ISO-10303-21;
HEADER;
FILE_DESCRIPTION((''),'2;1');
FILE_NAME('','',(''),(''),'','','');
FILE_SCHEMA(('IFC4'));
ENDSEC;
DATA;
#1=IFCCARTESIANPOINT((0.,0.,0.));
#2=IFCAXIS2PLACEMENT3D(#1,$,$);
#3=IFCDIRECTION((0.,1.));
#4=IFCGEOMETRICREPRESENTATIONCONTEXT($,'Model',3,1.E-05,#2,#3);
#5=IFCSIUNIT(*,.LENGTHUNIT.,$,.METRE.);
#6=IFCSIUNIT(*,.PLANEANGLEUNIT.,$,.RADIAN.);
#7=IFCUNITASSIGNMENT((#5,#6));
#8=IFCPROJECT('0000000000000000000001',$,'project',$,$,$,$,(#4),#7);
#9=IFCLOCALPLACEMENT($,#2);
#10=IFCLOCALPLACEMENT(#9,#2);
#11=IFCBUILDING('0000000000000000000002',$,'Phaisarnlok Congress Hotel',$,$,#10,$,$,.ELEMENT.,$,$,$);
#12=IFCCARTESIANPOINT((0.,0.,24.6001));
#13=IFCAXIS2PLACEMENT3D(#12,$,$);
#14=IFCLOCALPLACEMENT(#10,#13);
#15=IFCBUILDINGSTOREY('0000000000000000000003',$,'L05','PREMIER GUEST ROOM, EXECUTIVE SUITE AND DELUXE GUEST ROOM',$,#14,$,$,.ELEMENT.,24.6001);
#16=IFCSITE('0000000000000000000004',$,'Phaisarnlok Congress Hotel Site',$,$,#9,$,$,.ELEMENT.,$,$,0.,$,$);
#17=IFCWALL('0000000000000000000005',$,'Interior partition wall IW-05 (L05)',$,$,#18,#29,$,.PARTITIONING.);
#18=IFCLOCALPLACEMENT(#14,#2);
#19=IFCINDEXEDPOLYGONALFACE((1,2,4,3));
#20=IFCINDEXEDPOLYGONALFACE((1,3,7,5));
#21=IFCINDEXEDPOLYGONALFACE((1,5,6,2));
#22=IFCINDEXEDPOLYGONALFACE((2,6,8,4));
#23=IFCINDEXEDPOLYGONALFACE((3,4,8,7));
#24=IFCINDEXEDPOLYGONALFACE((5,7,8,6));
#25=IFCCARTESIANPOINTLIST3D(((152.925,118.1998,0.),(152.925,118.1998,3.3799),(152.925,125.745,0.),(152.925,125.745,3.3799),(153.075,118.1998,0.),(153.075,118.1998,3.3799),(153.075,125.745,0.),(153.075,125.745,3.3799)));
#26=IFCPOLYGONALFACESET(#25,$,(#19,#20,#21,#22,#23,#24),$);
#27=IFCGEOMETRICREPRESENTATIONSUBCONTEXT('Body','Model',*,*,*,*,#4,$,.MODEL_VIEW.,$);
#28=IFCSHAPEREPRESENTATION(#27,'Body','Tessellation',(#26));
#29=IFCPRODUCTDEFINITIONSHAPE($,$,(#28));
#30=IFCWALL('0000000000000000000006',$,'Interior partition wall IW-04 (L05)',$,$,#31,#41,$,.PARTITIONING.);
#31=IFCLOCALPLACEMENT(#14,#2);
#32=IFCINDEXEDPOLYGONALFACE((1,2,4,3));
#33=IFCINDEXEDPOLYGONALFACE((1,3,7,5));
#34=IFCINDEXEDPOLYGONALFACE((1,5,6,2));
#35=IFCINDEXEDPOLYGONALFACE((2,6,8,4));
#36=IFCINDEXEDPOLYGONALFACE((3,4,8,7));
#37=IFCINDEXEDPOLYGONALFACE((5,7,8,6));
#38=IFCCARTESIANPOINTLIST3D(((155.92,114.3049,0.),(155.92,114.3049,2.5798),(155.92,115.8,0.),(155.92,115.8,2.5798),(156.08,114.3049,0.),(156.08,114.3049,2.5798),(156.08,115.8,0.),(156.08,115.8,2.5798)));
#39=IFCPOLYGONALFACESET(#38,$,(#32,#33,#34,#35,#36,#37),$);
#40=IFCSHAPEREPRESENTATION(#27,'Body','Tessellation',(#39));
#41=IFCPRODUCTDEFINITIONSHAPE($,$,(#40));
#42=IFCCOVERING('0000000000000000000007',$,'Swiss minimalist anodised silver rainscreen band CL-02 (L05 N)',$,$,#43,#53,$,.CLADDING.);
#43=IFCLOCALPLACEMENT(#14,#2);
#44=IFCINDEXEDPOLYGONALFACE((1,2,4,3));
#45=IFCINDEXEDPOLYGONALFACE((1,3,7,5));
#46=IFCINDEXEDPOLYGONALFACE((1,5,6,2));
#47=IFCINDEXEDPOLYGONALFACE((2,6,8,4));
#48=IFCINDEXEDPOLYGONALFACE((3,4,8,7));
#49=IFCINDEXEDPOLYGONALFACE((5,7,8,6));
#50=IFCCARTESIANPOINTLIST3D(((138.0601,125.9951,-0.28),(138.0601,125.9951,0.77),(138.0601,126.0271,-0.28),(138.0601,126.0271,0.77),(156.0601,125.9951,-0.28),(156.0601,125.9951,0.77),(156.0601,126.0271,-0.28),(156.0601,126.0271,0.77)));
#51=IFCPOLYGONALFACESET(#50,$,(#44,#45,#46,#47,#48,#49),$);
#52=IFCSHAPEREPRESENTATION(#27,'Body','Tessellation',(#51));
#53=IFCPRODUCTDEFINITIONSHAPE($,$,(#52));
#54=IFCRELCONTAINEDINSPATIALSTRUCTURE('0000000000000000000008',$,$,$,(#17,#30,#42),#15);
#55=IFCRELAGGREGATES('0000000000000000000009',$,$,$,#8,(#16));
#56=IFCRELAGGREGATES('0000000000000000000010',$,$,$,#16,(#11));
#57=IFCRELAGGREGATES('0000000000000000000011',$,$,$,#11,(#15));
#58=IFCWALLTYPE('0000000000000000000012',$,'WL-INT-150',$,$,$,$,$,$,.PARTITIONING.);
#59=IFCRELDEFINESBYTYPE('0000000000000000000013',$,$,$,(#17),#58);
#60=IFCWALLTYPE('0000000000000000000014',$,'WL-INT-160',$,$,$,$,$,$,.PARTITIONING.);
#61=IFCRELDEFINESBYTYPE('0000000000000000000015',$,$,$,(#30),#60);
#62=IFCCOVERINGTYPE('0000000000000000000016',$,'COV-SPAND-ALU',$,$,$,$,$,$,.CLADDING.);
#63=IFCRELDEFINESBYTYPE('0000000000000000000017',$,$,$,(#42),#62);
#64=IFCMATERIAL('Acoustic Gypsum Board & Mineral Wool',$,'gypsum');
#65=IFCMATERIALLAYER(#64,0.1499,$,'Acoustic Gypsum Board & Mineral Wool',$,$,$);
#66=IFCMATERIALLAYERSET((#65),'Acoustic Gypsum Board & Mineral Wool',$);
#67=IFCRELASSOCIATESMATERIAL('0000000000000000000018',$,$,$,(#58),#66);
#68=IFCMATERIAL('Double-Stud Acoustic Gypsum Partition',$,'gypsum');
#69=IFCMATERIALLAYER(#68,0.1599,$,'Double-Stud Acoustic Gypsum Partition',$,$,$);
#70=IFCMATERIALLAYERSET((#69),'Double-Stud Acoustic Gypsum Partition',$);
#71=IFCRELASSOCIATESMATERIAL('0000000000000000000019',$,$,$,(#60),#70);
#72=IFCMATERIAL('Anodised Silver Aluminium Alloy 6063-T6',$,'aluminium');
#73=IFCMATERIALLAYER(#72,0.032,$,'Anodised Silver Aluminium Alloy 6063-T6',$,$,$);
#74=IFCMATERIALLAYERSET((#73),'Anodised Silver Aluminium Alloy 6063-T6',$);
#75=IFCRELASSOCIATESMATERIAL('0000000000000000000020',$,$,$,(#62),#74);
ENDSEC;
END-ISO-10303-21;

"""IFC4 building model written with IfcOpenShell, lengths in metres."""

from ifc_helpers import new_model, si_unit, direction, frame, frame_2d, origin, place, context, subcontext, project, spatial, polyline, rectangle, outline, extrude, material, layer, layer_set, type_object, element, save


model = new_model("IFC4")

# Units and contexts
model_context = context("Model", 3, precision=1e-05, world=origin(), true_north=direction((0.0, 1.0)))
body_context = subcontext(model_context, "Body", "Model", "MODEL_VIEW")
ifc_project = project(units=[si_unit("LENGTHUNIT", "METRE"), si_unit("PLANEANGLEUNIT", "RADIAN")], contexts=[model_context])

# Site, building, storey
site_placement = place(None, origin())
site = spatial("IfcSite", under=ifc_project, at=site_placement, Name="Phaisarnlok Congress Hotel Site", CompositionType="ELEMENT", RefElevation=0.0)
building_placement = place(site_placement, origin())
building = spatial("IfcBuilding", under=site, at=building_placement, Name="Phaisarnlok Congress Hotel", CompositionType="ELEMENT")
storey_placement = place(building_placement, frame((0.0, 0.0, 24.6001)))
storey = spatial("IfcBuildingStorey", under=building, at=storey_placement, Name="L05", Description="PREMIER GUEST ROOM, EXECUTIVE SUITE AND DELUXE GUEST ROOM", CompositionType="ELEMENT", Elevation=24.6001)

# Walls
ifc_material_1 = material(Name="Acoustic Gypsum Board & Mineral Wool", Category="gypsum")
ifc_layer_1 = layer(ifc_material_1, 0.1499, Name="Acoustic Gypsum Board & Mineral Wool")
ifc_layer_set_1 = layer_set([ifc_layer_1], Name="Acoustic Gypsum Board & Mineral Wool")
wall_type_1 = type_object("IfcWallType", Name="WL-INT-150", PredefinedType="PARTITIONING", material=ifc_layer_set_1)
wall_1_placement = place(storey_placement, frame((153.0, 118.2, 0.0), z_axis=(0.0, 0.0, 1.0), x_axis=(0.0, 1.0, 0.0)))
element("IfcWall", 1, at=wall_1_placement, inside=storey, type_object=wall_type_1, Name="Interior partition wall IW-05 (L05)", PredefinedType="PARTITIONING", context=body_context, shape_type="SweptSolid", body=[
    extrude(rectangle(XDim=7.5452, YDim=0.1499, at=frame_2d((3.7725, 0.0))), origin(), (0.0, 0.0, 1.0), 3.3799),
])
ifc_material_2 = material(Name="Double-Stud Acoustic Gypsum Partition", Category="gypsum")
ifc_layer_2 = layer(ifc_material_2, 0.1599, Name="Double-Stud Acoustic Gypsum Partition")
ifc_layer_set_2 = layer_set([ifc_layer_2], Name="Double-Stud Acoustic Gypsum Partition")
wall_type_2 = type_object("IfcWallType", Name="WL-INT-160", PredefinedType="PARTITIONING", material=ifc_layer_set_2)
wall_2_placement = place(storey_placement, frame((156.0, 114.3049, 0.0), z_axis=(0.0, 0.0, 1.0), x_axis=(0.0, 1.0, 0.0)))
element("IfcWall", 2, at=wall_2_placement, inside=storey, type_object=wall_type_2, Name="Interior partition wall IW-04 (L05)", PredefinedType="PARTITIONING", context=body_context, shape_type="SweptSolid", body=[
    extrude(rectangle(XDim=1.4951, YDim=0.1599, at=frame_2d((0.7476, 0.0))), origin(), (0.0, 0.0, 1.0), 2.5798),
])

# Covering
ifc_material_3 = material(Name="Anodised Silver Aluminium Alloy 6063-T6", Category="aluminium")
ifc_layer_3 = layer(ifc_material_3, 0.032, Name="Anodised Silver Aluminium Alloy 6063-T6")
ifc_layer_set_3 = layer_set([ifc_layer_3], Name="Anodised Silver Aluminium Alloy 6063-T6")
covering_type = type_object("IfcCoveringType", Name="COV-SPAND-ALU", PredefinedType="CLADDING", material=ifc_layer_set_3)
covering_placement = place(storey_placement, frame((156.0601, 125.9951, -0.28), z_axis=(0.0, 1.0, 0.0), x_axis=(-1.0, 0.0, 0.0)))
element("IfcCovering", 3, at=covering_placement, inside=storey, type_object=covering_type, Name="Swiss minimalist anodised silver rainscreen band CL-02 (L05 N)", PredefinedType="CLADDING", context=body_context, shape_type="SweptSolid", body=[
    extrude(outline(polyline([(0.0, 0.0), (18.0, 0.0), (18.0, 1.05), (0.0, 1.05), (0.0, 0.0)])), origin(), (0.0, 0.0, 1.0), 0.032),
])

save(model, "model.ifc")
